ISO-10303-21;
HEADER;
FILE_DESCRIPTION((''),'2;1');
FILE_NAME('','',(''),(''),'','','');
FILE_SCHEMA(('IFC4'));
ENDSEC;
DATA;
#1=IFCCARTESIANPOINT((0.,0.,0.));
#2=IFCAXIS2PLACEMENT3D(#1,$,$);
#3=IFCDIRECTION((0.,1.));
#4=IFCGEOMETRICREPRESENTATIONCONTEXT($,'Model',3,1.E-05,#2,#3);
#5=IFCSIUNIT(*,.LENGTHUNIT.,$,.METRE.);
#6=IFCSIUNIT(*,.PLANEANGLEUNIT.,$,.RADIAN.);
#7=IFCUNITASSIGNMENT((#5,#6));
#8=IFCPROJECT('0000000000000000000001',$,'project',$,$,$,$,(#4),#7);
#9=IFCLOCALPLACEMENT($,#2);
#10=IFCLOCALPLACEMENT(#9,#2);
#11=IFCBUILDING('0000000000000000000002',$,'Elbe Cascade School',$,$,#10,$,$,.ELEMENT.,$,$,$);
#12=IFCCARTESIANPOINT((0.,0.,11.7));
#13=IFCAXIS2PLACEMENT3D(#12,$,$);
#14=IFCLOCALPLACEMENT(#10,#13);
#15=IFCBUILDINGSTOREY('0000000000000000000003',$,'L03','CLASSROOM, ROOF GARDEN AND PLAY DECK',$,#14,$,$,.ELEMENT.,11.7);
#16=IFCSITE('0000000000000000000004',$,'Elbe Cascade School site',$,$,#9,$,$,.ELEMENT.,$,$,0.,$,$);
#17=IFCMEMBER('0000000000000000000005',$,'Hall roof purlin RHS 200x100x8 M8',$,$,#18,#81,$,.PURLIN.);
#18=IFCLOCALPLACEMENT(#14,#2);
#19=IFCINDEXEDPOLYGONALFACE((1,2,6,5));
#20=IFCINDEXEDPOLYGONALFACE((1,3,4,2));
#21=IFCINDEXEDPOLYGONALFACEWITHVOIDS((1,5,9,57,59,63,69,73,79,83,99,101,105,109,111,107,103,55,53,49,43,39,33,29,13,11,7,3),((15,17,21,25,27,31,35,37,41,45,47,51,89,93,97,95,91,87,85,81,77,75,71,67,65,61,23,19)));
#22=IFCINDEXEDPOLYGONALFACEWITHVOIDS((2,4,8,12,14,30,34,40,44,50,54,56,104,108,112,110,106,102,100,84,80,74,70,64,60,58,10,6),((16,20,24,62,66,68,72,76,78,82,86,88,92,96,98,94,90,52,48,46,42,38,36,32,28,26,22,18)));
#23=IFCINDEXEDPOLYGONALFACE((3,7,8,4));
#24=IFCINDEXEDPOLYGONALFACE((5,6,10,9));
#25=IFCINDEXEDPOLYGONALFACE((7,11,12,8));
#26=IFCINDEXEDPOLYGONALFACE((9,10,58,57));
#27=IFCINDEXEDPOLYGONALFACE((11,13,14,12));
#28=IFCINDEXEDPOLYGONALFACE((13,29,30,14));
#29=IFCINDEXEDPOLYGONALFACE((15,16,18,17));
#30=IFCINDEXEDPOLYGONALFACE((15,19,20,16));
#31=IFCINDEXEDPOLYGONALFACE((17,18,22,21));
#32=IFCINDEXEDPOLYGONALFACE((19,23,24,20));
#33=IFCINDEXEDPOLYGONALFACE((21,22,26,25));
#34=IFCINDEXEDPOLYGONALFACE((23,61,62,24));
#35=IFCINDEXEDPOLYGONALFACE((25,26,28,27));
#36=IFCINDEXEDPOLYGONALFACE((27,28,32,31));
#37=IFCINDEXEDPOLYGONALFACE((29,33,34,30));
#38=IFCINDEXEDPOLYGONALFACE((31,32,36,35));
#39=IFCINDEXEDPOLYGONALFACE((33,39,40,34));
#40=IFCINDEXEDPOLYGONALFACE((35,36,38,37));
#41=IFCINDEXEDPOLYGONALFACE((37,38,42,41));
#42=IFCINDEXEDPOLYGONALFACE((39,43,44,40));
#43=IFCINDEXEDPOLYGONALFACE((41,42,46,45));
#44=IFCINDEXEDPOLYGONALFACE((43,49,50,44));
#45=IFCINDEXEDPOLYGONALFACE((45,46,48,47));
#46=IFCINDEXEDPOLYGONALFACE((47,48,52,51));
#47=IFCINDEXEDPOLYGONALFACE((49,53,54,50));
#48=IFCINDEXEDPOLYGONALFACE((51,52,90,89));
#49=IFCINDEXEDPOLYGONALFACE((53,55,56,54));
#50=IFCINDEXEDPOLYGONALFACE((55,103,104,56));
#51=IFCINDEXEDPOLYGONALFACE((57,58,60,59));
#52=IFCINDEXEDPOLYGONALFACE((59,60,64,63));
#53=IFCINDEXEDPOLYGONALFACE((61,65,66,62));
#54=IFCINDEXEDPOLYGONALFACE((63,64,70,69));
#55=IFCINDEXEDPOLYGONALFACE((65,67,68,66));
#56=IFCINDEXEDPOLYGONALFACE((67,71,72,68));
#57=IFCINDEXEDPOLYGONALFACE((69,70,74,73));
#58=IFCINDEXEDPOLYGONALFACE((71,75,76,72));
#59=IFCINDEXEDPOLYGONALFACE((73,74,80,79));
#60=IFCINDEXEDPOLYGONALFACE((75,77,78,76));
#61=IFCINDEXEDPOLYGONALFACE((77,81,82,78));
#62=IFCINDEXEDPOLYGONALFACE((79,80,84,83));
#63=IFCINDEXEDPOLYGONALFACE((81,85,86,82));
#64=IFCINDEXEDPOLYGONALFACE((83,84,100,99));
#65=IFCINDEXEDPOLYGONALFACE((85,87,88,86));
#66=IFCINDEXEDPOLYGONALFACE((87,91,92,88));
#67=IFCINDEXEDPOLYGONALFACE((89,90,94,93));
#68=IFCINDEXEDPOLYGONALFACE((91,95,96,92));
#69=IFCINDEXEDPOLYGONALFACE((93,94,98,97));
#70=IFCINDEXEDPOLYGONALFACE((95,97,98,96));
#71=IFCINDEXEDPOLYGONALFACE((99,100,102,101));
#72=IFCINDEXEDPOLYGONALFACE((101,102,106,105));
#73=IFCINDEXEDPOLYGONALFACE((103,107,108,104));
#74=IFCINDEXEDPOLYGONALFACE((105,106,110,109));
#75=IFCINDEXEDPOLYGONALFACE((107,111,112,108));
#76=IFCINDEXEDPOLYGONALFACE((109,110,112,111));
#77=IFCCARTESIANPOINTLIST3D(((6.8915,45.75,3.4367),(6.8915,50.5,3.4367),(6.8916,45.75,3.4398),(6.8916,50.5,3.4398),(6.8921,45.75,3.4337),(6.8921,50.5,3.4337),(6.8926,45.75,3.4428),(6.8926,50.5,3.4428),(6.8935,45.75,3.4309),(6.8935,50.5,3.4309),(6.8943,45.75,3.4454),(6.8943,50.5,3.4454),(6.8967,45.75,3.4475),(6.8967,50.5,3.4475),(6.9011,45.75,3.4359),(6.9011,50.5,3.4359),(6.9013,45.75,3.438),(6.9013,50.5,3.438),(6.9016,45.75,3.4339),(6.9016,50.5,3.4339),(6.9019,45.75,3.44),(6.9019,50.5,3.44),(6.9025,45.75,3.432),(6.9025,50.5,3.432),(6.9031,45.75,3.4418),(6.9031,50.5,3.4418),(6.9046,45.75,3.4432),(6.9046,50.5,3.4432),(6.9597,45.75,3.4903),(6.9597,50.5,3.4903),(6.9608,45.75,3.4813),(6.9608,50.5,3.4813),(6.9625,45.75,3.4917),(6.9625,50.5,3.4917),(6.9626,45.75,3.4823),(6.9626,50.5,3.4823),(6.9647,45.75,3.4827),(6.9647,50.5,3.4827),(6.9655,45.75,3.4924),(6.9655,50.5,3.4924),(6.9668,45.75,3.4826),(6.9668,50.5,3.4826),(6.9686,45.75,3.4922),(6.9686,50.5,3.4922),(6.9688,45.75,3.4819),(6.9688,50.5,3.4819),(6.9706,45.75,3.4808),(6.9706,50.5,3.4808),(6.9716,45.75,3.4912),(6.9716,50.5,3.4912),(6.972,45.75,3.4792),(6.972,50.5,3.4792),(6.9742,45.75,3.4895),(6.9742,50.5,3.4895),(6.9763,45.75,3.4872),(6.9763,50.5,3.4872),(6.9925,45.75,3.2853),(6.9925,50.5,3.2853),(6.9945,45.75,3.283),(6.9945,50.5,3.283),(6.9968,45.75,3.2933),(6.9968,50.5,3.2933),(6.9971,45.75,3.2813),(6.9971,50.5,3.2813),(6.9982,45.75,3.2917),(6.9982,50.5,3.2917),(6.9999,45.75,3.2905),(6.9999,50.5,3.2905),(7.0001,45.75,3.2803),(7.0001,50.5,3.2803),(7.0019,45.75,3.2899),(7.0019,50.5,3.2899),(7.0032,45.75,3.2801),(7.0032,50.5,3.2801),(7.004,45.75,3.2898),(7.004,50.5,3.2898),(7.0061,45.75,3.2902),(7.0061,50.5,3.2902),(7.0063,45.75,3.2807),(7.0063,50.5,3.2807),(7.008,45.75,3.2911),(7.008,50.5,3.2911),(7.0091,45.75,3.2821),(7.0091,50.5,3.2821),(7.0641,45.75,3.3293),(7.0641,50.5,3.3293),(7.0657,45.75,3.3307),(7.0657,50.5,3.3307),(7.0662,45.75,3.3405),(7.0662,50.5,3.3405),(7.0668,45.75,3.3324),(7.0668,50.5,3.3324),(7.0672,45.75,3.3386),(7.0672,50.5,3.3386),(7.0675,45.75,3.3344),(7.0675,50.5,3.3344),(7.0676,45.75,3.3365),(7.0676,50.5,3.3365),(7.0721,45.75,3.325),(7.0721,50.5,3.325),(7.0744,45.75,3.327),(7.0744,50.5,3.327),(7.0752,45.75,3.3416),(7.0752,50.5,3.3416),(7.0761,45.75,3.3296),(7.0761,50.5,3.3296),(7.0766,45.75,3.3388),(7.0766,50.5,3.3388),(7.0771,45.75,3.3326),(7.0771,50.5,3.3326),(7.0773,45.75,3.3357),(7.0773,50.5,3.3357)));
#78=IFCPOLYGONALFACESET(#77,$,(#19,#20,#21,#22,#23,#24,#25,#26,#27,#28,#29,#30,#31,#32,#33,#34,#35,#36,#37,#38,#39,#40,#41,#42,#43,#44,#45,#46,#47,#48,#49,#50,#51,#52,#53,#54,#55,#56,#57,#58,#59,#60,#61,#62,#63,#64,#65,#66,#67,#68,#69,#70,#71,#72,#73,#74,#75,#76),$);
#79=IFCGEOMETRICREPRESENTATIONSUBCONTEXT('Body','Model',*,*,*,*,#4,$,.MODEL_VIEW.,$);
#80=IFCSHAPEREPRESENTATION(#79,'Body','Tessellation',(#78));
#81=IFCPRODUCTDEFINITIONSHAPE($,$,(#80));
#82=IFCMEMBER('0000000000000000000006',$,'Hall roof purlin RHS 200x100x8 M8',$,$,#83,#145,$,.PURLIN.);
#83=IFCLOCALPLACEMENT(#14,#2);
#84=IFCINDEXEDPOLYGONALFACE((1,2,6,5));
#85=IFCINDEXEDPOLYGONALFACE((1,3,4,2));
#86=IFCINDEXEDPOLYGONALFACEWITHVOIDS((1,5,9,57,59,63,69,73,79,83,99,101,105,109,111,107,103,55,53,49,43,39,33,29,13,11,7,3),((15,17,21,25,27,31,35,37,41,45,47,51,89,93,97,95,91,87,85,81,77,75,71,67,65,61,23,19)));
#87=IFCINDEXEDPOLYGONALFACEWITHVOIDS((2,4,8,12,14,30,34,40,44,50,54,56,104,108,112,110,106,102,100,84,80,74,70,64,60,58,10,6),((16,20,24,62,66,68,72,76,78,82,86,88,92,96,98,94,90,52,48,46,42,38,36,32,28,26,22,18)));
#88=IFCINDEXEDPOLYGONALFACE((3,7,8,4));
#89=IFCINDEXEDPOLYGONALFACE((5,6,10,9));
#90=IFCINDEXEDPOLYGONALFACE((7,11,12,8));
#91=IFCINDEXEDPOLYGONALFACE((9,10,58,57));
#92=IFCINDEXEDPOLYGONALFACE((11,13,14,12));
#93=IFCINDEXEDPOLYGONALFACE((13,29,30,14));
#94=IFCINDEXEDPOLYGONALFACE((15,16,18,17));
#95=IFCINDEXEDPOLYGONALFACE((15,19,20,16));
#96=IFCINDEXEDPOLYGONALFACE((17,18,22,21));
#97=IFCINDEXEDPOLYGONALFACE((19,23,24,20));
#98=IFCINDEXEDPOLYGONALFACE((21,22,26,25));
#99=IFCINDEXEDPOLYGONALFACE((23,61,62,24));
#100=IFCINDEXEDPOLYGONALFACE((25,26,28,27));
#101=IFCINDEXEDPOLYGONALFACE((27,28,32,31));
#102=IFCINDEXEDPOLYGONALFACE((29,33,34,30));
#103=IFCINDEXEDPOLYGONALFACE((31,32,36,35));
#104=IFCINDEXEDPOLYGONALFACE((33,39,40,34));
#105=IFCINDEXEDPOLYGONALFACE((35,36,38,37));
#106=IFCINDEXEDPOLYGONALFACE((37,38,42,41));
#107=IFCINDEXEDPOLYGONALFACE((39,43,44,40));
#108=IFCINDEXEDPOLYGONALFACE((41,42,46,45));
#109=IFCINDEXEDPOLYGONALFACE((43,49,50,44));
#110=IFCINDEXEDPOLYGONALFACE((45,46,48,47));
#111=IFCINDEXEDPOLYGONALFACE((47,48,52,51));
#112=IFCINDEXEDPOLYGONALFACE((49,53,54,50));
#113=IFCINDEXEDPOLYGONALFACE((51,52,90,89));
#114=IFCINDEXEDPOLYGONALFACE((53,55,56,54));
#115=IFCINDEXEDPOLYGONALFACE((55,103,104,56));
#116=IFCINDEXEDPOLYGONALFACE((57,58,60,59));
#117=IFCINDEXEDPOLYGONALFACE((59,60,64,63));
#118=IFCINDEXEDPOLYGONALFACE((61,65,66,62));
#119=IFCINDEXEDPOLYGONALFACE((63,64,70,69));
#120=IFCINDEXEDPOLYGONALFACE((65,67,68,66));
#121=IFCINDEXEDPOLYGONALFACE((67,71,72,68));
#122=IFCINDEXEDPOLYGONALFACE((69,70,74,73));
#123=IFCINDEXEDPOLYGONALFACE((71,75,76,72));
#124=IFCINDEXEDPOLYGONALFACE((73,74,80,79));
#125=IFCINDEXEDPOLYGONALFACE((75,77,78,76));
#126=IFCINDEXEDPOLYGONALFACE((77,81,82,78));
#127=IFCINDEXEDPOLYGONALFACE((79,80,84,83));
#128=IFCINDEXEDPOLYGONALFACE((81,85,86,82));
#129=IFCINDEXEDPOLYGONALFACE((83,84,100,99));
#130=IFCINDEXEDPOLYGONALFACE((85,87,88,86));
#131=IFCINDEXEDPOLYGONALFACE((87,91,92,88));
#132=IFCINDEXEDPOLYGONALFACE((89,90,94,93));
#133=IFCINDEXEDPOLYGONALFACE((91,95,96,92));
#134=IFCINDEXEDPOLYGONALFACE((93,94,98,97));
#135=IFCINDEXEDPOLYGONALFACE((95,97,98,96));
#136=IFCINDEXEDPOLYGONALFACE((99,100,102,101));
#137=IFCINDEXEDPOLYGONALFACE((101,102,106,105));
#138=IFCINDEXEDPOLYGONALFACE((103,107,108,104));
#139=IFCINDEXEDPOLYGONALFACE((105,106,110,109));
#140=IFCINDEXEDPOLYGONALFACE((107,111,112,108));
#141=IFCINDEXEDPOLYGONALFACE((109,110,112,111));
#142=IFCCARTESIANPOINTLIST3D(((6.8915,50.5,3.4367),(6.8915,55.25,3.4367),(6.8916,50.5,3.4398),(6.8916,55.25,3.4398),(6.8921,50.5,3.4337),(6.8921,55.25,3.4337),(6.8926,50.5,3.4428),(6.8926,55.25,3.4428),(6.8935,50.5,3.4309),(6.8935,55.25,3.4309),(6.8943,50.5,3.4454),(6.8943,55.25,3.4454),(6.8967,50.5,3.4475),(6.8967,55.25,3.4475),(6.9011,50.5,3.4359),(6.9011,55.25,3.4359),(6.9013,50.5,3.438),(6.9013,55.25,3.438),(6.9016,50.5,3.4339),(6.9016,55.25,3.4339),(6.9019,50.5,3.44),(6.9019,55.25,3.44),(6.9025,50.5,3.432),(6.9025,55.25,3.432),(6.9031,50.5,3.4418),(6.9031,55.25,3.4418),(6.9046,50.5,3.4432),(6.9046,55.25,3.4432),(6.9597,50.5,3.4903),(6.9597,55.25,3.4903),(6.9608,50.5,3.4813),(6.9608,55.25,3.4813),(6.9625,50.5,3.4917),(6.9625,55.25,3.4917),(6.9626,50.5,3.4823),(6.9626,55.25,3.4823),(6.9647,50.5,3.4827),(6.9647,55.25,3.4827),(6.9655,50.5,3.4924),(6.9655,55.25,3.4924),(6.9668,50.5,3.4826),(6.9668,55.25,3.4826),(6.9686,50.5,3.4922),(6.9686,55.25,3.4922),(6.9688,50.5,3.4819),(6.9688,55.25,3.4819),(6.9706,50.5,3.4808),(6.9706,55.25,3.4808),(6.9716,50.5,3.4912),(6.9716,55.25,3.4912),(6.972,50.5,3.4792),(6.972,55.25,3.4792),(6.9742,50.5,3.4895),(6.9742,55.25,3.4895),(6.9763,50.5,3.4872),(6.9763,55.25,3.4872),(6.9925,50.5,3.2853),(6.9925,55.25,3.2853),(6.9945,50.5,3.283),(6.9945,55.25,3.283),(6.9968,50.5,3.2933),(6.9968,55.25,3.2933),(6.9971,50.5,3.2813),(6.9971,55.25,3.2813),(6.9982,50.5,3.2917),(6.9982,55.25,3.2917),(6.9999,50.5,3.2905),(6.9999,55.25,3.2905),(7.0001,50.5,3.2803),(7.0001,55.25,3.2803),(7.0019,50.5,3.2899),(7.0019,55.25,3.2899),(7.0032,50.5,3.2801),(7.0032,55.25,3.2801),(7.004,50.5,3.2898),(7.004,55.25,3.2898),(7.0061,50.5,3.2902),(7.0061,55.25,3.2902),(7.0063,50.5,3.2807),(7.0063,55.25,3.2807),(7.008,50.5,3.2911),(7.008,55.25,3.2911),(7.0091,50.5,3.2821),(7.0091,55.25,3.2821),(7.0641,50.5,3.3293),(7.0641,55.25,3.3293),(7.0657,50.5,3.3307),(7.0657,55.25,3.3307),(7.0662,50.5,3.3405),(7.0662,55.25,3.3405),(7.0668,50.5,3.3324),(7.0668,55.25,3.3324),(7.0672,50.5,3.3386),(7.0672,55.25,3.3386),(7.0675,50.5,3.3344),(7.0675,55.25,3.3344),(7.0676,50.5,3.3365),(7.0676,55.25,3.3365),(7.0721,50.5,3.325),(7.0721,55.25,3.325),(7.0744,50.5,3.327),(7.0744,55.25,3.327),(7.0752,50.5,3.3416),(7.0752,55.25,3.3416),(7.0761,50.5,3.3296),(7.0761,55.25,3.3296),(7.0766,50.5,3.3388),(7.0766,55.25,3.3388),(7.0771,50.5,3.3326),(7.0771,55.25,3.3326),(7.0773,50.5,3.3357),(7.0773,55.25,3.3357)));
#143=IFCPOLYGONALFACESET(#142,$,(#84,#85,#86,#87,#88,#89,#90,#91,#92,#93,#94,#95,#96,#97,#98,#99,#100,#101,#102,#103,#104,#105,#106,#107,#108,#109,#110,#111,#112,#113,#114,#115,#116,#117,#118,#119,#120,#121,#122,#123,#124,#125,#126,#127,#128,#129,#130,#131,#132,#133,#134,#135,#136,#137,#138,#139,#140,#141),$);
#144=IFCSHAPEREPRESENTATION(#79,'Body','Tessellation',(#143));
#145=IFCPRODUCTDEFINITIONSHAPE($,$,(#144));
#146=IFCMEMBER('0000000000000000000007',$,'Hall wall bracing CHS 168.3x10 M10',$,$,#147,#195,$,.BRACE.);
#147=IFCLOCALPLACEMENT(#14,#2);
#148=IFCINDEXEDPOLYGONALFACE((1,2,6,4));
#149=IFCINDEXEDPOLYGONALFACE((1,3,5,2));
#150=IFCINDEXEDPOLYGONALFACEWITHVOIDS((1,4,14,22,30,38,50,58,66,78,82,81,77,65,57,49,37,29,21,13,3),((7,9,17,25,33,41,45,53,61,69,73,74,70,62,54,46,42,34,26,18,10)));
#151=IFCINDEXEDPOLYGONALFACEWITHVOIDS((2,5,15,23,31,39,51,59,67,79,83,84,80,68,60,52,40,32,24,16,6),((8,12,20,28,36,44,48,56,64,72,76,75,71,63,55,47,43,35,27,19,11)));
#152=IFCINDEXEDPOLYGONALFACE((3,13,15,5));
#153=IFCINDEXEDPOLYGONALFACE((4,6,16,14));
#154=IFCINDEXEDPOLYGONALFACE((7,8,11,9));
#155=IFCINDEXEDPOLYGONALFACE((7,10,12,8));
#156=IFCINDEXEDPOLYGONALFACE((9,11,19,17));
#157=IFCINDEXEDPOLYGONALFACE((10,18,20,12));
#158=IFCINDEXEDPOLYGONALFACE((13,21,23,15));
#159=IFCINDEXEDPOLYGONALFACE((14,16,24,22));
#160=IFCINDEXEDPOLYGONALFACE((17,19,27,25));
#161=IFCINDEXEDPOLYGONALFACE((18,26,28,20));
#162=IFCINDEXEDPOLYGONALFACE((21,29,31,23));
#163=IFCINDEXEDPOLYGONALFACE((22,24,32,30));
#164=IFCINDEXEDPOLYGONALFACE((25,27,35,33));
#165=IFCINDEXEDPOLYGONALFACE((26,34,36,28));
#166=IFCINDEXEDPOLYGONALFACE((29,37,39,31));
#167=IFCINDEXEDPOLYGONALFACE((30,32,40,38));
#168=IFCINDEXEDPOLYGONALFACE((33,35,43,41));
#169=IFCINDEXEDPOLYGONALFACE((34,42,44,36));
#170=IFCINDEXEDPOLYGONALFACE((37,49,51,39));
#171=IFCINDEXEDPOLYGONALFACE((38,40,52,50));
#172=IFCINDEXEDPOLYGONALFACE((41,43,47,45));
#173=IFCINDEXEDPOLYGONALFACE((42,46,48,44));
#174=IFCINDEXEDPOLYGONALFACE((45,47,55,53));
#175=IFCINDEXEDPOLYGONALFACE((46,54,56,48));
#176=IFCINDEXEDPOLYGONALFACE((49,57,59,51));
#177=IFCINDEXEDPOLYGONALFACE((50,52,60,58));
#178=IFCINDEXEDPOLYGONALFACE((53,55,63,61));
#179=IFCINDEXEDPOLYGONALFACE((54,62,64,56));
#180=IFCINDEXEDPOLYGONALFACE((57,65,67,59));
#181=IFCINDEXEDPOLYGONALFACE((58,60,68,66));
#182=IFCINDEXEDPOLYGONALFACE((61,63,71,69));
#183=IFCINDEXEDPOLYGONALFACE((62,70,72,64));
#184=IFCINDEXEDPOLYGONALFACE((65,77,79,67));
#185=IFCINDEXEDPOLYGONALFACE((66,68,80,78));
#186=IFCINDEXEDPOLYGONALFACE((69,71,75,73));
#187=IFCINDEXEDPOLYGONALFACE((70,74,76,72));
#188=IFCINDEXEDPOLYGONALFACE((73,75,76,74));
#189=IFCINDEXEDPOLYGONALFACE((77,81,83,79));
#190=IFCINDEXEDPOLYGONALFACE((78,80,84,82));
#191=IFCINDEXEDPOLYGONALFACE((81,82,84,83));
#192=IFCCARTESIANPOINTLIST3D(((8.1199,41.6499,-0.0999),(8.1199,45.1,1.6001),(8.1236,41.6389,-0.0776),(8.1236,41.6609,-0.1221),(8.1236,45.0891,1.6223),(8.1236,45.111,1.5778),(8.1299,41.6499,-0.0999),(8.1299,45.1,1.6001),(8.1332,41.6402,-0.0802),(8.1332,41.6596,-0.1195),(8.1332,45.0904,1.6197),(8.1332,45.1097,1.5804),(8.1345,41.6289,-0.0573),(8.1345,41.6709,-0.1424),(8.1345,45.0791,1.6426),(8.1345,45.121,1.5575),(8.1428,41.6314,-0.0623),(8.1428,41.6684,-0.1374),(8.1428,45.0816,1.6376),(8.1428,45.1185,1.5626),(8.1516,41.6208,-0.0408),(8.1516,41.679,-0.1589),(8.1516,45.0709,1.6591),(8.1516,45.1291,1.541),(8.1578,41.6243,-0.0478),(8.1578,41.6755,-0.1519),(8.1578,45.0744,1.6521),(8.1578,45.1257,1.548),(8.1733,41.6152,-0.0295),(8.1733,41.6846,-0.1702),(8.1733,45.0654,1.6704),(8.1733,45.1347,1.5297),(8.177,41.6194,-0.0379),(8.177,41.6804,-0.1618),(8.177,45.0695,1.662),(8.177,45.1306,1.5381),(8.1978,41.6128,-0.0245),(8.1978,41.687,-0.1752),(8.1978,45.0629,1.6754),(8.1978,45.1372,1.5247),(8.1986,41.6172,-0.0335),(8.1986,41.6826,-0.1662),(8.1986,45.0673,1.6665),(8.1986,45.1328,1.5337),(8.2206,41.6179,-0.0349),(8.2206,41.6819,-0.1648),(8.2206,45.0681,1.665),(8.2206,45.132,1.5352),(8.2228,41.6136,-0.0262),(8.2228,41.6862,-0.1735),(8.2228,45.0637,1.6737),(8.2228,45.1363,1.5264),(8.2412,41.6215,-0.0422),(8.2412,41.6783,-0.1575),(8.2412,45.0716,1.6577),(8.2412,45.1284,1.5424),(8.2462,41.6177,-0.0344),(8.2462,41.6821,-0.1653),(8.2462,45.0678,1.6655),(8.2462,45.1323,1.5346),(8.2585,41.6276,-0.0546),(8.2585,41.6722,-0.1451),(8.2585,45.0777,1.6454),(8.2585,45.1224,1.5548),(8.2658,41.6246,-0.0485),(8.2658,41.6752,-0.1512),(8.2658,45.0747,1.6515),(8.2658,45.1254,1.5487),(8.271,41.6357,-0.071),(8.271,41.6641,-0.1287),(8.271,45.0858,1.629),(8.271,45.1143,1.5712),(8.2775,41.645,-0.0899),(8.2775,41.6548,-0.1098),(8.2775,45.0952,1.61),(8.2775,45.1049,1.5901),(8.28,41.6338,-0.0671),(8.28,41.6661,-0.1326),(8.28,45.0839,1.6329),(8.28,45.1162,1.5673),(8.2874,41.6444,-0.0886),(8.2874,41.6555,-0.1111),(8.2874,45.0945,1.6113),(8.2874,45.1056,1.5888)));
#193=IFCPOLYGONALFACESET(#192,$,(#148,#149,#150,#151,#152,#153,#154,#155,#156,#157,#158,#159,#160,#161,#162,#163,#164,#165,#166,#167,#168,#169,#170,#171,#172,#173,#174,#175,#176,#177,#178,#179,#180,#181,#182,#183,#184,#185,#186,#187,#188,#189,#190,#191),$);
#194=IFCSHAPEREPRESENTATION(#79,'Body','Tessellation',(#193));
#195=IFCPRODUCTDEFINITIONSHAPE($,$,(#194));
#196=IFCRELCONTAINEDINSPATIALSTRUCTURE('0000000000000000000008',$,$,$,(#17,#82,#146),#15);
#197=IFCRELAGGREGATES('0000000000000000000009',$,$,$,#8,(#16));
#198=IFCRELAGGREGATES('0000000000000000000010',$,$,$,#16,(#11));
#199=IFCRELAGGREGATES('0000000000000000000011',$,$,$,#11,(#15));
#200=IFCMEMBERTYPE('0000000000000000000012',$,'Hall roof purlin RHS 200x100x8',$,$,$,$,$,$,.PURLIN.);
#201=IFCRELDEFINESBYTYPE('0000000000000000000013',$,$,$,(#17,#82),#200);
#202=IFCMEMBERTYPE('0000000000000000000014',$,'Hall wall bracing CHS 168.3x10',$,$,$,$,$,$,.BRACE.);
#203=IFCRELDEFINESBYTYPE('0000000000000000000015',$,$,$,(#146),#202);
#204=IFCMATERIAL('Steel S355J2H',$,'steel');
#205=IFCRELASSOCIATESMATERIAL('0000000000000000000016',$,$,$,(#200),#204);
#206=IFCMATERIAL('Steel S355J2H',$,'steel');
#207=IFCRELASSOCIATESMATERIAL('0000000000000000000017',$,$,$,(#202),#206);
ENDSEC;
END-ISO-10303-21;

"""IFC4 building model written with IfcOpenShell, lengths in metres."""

from ifc_helpers import new_model, si_unit, direction, frame, origin, origin_2d, place, context, subcontext, project, spatial, hollow_rectangle, hollow_circle, extrude, material, material_profile, profile_set, type_object, element, save


model = new_model("IFC4")

# Units and contexts
model_context = context("Model", 3, precision=1e-05, world=origin(), true_north=direction((0.0, 1.0)))
body_context = subcontext(model_context, "Body", "Model", "MODEL_VIEW")
ifc_project = project(units=[si_unit("LENGTHUNIT", "METRE"), si_unit("PLANEANGLEUNIT", "RADIAN")], contexts=[model_context])

# Site, building, storey
site_placement = place(None, origin())
site = spatial("IfcSite", under=ifc_project, at=site_placement, Name="Elbe Cascade School site", CompositionType="ELEMENT", RefElevation=0.0)
building_placement = place(site_placement, origin())
building = spatial("IfcBuilding", under=site, at=building_placement, Name="Elbe Cascade School", CompositionType="ELEMENT")
storey_placement = place(building_placement, frame((0.0, 0.0, 11.7)))
storey = spatial("IfcBuildingStorey", under=building, at=storey_placement, Name="L03", Description="CLASSROOM, ROOF GARDEN AND PLAY DECK", CompositionType="ELEMENT", Elevation=11.7)

# Members
ifc_material_1 = material(Name="Steel S355J2H", Category="steel")
ifc_material_profile_1 = material_profile(ifc_material_1, hollow_rectangle(XDim=0.1001, YDim=0.2, WallThickness=0.0081, InnerFilletRadius=0.0081, OuterFilletRadius=0.012, at=origin_2d()), Name="RHS 200x100x8")
ifc_profile_set_1 = profile_set([ifc_material_profile_1], Name="Steel S355J2H")
member_type_1 = type_object("IfcMemberType", Name="Hall roof purlin RHS 200x100x8", PredefinedType="PURLIN", material=ifc_profile_set_1)
for number, where, z_axis, x_axis, name in (
    (1, (6.9844, 45.75, 3.3862), (0.0, 1.0, 0.0), (-0.827027, 0.0, -0.562162), "Hall roof purlin RHS 200x100x8 M8"),
    (2, (6.9844, 50.5, 3.3862), (0.0, 1.0, 0.0), (-0.827027, 0.0, -0.562162), "Hall roof purlin RHS 200x100x8 M8"),
):
    element("IfcMember", number, at=place(storey_placement, frame(where, z_axis=z_axis, x_axis=x_axis)), inside=storey, type_object=member_type_1, Name=name, PredefinedType="PURLIN", context=body_context, shape_type="SweptSolid", body=[
        extrude(hollow_rectangle(XDim=0.1001, YDim=0.2, WallThickness=0.0081, InnerFilletRadius=0.0081, OuterFilletRadius=0.012, at=origin_2d()), origin(), (0.0, 0.0, 1.0), 4.75),
    ])
ifc_material_2 = material(Name="Steel S355J2H", Category="steel")
ifc_material_profile_2 = material_profile(ifc_material_2, hollow_circle(Radius=0.0842, WallThickness=0.01, at=origin_2d()), Name="CHS 168.3x10")
ifc_profile_set_2 = profile_set([ifc_material_profile_2], Name="Steel S355J2H")
member_type_2 = type_object("IfcMemberType", Name="Hall wall bracing CHS 168.3x10", PredefinedType="BRACE", material=ifc_profile_set_2)
for number, where, z_axis, x_axis, name in (
    (3, (8.2041, 41.6499, -0.0999), (0.0, 0.897027, 0.441976), (-1.0, 0.0, 0.0), "Hall wall bracing CHS 168.3x10 M10"),
):
    element("IfcMember", number, at=place(storey_placement, frame(where, z_axis=z_axis, x_axis=x_axis)), inside=storey, type_object=member_type_2, Name=name, PredefinedType="BRACE", context=body_context, shape_type="SweptSolid", body=[
        extrude(hollow_circle(Radius=0.0842, WallThickness=0.01, at=origin_2d()), origin(), (0.0, 0.0, 1.0), 3.8462),
    ])

save(model, "model.ifc")
